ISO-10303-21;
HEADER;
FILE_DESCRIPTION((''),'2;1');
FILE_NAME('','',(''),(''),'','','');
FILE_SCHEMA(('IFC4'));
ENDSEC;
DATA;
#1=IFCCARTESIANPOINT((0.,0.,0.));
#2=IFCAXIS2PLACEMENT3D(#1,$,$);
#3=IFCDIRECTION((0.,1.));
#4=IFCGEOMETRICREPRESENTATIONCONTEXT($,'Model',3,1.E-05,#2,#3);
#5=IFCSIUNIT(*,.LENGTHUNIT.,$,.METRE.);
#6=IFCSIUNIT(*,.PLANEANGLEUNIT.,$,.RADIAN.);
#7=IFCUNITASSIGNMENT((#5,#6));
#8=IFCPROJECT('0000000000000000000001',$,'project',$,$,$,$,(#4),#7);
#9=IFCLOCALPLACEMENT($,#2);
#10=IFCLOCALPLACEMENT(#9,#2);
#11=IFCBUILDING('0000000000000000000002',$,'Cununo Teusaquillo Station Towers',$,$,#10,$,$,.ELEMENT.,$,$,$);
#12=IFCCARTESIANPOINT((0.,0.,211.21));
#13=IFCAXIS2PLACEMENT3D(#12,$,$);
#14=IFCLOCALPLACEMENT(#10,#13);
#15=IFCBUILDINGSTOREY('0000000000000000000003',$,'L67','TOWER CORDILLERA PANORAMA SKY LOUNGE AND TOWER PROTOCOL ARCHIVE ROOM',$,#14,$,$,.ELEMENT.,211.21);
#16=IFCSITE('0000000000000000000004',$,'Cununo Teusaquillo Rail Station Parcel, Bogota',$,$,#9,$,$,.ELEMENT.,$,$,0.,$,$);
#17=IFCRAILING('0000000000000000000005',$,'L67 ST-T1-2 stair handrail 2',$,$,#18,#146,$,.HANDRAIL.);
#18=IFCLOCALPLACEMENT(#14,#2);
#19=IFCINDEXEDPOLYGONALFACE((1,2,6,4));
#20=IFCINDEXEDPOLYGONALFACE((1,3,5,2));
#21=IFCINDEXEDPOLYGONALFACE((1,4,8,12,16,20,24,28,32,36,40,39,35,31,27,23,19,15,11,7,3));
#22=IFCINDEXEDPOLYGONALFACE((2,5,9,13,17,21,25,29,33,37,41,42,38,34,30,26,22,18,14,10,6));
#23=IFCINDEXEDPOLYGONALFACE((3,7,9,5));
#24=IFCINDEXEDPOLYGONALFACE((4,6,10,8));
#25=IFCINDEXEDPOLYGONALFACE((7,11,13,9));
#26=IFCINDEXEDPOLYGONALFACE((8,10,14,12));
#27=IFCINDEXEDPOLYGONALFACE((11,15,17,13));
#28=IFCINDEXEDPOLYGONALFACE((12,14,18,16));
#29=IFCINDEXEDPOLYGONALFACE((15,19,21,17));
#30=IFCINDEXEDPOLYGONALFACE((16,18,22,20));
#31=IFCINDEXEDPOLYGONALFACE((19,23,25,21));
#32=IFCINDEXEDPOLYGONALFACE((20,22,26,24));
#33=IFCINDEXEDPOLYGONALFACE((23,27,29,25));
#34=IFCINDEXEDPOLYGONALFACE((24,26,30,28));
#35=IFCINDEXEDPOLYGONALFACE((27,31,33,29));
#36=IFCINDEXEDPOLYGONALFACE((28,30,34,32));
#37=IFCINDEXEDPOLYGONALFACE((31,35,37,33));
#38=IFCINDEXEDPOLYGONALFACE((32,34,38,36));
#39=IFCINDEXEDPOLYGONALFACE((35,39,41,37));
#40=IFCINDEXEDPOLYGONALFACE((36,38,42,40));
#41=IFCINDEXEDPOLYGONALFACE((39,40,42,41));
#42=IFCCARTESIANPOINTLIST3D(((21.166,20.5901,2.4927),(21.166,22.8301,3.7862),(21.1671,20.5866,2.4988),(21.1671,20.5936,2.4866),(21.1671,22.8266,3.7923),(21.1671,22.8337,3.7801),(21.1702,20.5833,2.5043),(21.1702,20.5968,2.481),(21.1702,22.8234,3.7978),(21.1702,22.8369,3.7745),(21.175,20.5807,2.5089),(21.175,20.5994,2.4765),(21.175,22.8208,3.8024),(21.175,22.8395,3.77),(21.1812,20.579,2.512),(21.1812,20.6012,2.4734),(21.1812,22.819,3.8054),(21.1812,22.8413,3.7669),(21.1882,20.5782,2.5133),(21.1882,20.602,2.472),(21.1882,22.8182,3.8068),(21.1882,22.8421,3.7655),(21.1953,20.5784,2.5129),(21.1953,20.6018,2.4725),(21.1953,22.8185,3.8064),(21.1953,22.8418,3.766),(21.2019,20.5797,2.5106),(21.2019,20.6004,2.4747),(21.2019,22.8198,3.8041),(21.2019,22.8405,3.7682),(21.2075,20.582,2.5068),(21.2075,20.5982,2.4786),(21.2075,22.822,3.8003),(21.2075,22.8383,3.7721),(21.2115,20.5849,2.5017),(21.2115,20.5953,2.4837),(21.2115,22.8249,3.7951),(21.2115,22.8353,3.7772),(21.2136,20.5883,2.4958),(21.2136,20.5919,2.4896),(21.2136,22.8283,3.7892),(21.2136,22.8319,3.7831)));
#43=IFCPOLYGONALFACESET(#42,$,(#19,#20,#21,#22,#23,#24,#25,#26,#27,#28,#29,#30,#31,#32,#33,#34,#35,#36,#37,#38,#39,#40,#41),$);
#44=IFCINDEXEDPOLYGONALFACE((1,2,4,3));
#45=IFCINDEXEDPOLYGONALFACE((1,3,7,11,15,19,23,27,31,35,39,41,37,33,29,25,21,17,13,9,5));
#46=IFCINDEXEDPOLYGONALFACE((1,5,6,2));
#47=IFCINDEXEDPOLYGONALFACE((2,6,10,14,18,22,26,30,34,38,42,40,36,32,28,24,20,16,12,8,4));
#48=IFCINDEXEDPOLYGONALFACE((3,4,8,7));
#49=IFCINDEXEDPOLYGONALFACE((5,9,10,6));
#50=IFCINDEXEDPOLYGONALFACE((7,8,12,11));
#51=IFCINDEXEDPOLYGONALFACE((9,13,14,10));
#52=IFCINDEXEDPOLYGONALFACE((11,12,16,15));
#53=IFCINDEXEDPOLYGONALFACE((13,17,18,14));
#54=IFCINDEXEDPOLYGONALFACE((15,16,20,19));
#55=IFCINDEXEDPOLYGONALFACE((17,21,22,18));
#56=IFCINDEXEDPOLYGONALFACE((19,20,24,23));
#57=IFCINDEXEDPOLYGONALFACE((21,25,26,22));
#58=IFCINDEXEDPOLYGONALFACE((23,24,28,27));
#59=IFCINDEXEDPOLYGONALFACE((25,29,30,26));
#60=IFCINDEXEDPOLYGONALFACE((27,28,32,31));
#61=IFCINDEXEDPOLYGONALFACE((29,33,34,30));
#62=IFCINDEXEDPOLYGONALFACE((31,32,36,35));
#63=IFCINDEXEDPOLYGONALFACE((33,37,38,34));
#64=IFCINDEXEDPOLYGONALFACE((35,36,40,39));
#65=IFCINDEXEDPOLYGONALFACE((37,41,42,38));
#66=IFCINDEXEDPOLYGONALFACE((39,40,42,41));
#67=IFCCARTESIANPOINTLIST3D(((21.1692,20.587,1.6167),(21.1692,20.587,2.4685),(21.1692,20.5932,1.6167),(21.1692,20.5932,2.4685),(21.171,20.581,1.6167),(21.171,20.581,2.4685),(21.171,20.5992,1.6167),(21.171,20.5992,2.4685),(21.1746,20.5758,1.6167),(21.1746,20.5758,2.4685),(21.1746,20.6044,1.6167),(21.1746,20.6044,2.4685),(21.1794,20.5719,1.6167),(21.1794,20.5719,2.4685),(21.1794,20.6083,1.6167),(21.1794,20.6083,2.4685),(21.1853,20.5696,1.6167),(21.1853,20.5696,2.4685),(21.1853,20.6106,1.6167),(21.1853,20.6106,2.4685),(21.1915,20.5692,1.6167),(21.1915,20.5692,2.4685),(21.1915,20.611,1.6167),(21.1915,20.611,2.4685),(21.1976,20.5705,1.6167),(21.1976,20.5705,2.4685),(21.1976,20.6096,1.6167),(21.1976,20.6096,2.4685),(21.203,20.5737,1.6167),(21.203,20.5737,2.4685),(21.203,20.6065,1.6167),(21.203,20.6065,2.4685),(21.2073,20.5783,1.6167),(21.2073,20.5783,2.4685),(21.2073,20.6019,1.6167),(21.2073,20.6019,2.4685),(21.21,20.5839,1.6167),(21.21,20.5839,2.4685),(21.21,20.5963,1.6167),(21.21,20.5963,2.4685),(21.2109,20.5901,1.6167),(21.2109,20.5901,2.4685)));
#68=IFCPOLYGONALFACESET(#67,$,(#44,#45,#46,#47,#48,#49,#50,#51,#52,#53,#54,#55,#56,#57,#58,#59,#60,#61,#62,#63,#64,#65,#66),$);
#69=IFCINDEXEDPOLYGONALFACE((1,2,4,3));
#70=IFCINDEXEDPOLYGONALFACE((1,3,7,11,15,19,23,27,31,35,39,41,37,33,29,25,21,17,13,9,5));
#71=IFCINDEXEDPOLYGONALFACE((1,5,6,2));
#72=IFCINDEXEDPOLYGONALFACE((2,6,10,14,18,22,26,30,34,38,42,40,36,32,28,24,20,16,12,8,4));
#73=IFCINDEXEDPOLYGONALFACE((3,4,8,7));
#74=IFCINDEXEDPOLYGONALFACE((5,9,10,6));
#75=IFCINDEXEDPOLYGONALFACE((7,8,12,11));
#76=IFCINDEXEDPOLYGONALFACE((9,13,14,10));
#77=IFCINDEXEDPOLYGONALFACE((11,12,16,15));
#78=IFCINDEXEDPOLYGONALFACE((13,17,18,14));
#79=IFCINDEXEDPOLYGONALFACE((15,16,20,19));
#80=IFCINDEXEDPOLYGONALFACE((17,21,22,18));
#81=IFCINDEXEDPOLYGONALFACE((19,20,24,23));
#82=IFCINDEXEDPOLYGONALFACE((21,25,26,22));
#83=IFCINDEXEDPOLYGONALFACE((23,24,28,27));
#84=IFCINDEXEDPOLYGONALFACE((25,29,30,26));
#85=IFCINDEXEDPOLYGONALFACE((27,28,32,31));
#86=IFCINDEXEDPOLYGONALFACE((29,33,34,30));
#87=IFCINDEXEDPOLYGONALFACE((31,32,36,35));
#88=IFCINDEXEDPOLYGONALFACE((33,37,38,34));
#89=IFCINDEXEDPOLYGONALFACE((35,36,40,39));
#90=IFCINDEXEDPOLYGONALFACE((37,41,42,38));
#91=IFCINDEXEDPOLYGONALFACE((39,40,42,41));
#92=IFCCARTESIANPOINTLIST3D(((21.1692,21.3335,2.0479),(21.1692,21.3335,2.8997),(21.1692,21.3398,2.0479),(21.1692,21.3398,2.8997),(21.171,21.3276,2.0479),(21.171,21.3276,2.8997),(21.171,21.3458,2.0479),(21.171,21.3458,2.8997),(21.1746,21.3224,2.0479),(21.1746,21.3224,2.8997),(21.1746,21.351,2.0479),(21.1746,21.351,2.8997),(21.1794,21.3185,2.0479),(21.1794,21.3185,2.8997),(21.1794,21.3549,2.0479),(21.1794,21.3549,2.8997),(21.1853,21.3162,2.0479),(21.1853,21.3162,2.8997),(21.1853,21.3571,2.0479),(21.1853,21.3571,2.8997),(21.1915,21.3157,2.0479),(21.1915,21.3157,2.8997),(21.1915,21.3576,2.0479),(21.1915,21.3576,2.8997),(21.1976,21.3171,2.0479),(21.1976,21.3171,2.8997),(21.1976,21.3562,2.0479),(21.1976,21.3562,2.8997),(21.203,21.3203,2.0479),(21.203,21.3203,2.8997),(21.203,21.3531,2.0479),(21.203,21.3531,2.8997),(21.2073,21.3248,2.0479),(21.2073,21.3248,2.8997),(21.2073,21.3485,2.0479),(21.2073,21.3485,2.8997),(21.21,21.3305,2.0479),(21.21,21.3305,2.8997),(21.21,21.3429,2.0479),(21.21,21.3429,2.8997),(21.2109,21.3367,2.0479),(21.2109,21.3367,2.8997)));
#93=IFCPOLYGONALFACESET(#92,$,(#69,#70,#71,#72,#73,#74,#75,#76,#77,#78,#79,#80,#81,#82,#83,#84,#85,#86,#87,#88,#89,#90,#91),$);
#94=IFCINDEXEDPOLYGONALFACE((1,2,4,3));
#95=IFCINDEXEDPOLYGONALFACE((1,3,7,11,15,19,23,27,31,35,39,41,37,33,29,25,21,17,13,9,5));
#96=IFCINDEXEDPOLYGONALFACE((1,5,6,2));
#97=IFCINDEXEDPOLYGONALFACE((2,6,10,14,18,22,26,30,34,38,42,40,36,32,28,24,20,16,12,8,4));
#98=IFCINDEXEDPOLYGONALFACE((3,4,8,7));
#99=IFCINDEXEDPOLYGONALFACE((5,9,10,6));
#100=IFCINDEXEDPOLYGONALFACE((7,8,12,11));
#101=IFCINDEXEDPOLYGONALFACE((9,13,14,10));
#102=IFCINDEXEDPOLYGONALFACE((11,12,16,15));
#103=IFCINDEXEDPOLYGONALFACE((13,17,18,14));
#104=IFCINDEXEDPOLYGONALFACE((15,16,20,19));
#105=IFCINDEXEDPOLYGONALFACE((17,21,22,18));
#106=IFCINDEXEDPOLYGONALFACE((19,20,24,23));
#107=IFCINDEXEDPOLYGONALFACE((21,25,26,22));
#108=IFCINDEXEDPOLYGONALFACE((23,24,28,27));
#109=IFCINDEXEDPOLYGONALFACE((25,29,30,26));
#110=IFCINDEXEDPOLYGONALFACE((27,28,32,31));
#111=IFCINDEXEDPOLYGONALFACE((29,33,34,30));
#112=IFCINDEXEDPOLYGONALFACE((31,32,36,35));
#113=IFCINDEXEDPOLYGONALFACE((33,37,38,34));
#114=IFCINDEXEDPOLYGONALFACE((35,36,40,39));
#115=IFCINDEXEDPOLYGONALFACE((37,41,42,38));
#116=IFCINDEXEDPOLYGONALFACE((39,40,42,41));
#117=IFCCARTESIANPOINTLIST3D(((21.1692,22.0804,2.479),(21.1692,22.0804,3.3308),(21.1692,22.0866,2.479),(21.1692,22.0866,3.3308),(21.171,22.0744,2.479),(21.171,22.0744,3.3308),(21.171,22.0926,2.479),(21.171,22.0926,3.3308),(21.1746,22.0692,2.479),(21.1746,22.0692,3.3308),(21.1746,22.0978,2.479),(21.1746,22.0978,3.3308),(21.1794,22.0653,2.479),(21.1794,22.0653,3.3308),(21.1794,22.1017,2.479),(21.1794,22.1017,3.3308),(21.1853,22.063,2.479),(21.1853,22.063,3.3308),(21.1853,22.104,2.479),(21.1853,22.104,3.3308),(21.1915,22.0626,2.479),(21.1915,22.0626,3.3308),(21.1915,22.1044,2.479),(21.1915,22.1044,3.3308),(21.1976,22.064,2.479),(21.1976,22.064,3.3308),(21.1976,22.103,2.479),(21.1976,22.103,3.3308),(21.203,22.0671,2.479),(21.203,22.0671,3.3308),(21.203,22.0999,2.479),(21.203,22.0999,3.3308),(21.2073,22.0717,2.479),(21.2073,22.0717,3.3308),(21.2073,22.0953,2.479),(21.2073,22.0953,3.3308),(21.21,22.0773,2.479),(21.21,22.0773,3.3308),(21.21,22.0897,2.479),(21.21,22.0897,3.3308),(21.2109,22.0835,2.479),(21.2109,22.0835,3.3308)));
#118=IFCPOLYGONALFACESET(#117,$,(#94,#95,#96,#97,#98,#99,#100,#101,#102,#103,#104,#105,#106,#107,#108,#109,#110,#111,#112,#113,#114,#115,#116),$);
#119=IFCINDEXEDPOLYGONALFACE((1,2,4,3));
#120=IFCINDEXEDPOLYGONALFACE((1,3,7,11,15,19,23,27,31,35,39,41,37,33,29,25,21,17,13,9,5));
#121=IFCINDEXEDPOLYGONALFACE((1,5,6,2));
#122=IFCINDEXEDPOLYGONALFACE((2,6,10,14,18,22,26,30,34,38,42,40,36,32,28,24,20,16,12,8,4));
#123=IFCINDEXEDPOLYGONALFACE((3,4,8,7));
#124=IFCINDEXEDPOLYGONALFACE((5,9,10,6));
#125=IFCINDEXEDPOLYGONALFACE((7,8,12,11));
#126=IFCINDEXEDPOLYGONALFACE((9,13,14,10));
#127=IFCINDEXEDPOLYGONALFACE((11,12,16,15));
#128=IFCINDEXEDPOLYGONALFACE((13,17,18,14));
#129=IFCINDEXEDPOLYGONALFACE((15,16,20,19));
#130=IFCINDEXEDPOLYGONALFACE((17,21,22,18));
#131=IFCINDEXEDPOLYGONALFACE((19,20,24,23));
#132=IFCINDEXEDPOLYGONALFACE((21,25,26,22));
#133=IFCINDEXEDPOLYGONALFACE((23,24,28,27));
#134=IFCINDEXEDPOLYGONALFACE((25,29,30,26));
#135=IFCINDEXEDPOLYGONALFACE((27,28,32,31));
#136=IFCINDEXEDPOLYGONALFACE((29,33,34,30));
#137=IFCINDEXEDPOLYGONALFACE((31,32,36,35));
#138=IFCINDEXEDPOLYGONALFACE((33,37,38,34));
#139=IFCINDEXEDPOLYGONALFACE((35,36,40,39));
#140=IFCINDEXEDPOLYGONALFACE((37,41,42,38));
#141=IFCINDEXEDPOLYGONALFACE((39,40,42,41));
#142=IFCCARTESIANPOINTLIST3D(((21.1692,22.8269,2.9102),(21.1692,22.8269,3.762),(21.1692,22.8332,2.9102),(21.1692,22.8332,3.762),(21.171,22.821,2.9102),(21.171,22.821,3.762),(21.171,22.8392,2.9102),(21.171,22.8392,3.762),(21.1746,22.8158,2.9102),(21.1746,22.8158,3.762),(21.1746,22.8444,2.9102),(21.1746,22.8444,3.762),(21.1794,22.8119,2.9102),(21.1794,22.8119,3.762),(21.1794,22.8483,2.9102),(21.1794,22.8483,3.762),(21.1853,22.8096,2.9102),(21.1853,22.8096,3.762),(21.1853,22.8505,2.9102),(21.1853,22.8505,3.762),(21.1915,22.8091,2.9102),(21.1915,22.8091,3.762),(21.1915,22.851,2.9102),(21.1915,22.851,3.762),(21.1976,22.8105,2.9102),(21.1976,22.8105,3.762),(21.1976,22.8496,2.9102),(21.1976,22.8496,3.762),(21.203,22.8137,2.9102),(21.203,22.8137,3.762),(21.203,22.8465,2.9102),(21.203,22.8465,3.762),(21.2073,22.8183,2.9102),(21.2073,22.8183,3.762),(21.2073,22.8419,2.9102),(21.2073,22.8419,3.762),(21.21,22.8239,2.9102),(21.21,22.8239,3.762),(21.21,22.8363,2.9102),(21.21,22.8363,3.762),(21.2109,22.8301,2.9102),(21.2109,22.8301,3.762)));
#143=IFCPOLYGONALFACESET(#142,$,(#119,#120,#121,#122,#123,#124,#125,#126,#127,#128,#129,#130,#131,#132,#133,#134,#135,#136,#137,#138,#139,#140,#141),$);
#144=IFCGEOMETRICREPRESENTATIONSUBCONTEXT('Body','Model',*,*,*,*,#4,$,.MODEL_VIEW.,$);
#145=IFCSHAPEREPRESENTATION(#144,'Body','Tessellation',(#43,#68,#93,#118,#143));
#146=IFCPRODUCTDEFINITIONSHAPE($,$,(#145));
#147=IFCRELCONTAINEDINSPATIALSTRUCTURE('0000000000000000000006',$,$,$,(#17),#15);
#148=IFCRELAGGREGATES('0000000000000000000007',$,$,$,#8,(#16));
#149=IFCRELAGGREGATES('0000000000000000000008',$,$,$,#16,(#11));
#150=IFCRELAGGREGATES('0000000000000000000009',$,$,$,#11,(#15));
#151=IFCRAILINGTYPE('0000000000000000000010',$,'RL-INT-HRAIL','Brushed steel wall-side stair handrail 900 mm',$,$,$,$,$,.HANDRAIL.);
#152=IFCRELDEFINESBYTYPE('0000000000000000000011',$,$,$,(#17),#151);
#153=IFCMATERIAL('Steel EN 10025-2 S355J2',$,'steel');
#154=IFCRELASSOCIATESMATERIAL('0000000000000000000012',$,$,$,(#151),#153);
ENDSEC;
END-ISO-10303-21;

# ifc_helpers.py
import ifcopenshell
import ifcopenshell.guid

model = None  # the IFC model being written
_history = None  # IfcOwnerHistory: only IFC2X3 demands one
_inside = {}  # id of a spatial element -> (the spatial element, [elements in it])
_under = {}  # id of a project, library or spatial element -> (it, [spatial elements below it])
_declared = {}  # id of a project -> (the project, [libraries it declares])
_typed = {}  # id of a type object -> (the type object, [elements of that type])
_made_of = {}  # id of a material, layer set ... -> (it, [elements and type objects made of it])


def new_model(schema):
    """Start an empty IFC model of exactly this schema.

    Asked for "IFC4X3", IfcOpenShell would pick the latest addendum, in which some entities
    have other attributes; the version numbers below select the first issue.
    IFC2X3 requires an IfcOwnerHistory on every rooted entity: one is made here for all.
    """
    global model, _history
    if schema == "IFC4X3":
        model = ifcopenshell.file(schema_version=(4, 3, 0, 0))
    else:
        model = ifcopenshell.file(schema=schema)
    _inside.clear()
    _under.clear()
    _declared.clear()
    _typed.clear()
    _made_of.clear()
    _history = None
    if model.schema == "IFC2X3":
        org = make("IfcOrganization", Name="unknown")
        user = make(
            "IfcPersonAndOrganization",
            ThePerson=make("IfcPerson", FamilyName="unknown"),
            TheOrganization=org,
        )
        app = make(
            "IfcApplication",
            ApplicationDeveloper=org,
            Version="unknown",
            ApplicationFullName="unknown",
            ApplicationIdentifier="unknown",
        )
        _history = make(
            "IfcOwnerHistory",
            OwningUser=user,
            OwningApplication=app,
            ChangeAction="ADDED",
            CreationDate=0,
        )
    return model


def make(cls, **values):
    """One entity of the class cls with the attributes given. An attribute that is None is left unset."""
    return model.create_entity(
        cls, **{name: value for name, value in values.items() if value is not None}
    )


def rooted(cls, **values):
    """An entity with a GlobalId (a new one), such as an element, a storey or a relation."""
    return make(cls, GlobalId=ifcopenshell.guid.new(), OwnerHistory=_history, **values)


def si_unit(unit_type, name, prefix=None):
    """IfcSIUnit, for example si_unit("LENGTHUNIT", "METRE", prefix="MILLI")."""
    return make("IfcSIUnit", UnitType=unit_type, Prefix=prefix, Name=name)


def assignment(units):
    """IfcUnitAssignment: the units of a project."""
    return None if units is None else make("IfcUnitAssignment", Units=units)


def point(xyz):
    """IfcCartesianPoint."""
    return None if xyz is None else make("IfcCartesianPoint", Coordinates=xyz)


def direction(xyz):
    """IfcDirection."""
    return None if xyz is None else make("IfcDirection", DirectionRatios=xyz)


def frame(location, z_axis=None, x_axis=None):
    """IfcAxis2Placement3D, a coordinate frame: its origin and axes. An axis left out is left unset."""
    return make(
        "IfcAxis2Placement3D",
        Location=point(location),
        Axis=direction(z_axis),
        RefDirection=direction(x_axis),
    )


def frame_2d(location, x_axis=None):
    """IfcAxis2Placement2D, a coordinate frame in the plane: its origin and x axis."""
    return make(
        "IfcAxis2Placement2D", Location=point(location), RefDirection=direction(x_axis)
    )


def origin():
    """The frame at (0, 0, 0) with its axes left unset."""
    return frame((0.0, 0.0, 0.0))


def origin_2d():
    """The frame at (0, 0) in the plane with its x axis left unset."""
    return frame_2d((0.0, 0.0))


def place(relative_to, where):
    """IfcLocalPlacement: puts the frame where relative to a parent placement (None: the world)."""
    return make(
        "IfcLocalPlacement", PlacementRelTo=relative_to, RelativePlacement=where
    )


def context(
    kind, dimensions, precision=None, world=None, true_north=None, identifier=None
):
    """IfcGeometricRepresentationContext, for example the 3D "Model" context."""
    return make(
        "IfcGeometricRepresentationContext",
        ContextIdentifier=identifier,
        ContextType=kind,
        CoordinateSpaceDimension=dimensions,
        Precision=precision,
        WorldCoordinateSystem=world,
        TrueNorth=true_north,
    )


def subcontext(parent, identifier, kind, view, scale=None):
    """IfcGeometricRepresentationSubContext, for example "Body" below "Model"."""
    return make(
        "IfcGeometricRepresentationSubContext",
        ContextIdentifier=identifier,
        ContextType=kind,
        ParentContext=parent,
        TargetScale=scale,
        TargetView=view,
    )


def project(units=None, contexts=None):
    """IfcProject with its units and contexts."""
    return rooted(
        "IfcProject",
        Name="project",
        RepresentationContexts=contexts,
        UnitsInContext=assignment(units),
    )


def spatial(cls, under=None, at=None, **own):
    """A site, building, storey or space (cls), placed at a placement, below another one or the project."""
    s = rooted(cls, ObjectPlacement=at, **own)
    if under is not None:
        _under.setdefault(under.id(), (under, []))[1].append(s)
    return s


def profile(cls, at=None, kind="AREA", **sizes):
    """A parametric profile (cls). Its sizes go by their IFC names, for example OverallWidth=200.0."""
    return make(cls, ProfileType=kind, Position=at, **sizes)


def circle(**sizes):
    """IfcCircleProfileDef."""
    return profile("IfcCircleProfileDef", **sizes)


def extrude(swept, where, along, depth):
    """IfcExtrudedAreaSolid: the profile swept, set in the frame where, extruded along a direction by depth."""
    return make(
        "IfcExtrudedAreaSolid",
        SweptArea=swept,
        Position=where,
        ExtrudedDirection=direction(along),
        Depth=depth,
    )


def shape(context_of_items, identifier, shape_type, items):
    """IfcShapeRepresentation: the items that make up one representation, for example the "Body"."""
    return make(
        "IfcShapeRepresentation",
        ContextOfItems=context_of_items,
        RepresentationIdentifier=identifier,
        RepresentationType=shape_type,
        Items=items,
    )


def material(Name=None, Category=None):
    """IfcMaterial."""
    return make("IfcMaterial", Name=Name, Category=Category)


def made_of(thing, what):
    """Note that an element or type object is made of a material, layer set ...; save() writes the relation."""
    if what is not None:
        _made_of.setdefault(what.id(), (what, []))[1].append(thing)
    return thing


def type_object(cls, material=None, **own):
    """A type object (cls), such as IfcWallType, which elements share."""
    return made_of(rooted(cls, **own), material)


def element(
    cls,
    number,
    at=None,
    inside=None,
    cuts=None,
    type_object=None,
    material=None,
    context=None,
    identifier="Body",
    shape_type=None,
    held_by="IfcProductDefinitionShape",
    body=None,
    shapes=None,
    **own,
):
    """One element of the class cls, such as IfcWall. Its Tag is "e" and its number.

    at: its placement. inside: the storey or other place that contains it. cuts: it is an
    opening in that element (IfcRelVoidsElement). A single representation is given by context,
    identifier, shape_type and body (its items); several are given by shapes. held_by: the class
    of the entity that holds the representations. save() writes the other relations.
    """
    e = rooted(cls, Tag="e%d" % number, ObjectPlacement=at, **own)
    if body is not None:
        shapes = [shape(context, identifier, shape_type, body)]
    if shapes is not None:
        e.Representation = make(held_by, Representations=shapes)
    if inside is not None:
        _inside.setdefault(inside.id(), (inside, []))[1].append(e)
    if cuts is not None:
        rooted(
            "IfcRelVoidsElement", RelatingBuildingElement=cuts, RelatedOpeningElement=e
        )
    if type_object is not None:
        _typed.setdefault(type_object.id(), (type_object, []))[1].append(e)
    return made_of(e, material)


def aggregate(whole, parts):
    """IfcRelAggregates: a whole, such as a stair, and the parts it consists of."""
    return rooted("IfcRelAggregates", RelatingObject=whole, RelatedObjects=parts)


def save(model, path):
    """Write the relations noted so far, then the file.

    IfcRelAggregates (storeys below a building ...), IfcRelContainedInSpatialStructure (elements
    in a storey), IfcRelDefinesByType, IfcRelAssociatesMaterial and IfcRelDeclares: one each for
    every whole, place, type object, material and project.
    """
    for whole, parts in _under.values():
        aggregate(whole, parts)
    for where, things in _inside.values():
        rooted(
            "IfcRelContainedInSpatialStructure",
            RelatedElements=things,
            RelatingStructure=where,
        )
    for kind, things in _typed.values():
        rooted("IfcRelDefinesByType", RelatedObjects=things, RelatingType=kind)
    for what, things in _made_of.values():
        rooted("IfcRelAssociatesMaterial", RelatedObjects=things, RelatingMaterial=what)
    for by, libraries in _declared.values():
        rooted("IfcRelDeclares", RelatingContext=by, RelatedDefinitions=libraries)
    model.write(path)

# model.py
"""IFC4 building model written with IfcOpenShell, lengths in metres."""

from ifc_helpers import new_model, si_unit, direction, frame, origin, origin_2d, place, context, subcontext, project, spatial, circle, extrude, material, type_object, element, save


model = new_model("IFC4")

# Units and contexts
model_context = context("Model", 3, precision=1e-05, world=origin(), true_north=direction((0.0, 1.0)))
body_context = subcontext(model_context, "Body", "Model", "MODEL_VIEW")
ifc_project = project(units=[si_unit("LENGTHUNIT", "METRE"), si_unit("PLANEANGLEUNIT", "RADIAN")], contexts=[model_context])

# Site, building, storey
site_placement = place(None, origin())
site = spatial("IfcSite", under=ifc_project, at=site_placement, Name="Cununo Teusaquillo Rail Station Parcel, Bogota", CompositionType="ELEMENT", RefElevation=0.0)
building_placement = place(site_placement, origin())
building = spatial("IfcBuilding", under=site, at=building_placement, Name="Cununo Teusaquillo Station Towers", CompositionType="ELEMENT")
storey_placement = place(building_placement, frame((0.0, 0.0, 211.21)))
storey = spatial("IfcBuildingStorey", under=building, at=storey_placement, Name="L67", Description="TOWER CORDILLERA PANORAMA SKY LOUNGE AND TOWER PROTOCOL ARCHIVE ROOM", CompositionType="ELEMENT", Elevation=211.21)

# Railing
ifc_material_1 = material(Name="Steel EN 10025-2 S355J2", Category="steel")
railing_type_1 = type_object("IfcRailingType", Name="RL-INT-HRAIL", Description="Brushed steel wall-side stair handrail 900 mm", PredefinedType="HANDRAIL", material=ifc_material_1)
railing_1_placement = place(storey_placement, frame((21.1899, 20.5901, 1.6167)))
element("IfcRailing", 1, at=railing_1_placement, inside=storey, type_object=railing_type_1, Name="L67 ST-T1-2 stair handrail 2", PredefinedType="HANDRAIL", context=body_context, shape_type="SweptSolid", body=[
    extrude(circle(Radius=0.0239, at=origin_2d()), frame((0.0, 0.0, 0.876), z_axis=(0.0, 0.865992, 0.500057), x_axis=(-1.0, 0.0, 0.0)), (0.0, 0.0, 1.0), 2.5867),
    extrude(circle(Radius=0.021, at=origin_2d()), origin(), (0.0, 0.0, 1.0), 0.8518),
    extrude(circle(Radius=0.021, at=origin_2d()), frame((0.0, 0.7466, 0.4312)), (0.0, 0.0, 1.0), 0.8518),
    extrude(circle(Radius=0.021, at=origin_2d()), frame((0.0, 1.4934, 0.8623)), (0.0, 0.0, 1.0), 0.8518),
    extrude(circle(Radius=0.021, at=origin_2d()), frame((0.0, 2.24, 1.2935)), (0.0, 0.0, 1.0), 0.8518),
])

save(model, "model.ifc")
